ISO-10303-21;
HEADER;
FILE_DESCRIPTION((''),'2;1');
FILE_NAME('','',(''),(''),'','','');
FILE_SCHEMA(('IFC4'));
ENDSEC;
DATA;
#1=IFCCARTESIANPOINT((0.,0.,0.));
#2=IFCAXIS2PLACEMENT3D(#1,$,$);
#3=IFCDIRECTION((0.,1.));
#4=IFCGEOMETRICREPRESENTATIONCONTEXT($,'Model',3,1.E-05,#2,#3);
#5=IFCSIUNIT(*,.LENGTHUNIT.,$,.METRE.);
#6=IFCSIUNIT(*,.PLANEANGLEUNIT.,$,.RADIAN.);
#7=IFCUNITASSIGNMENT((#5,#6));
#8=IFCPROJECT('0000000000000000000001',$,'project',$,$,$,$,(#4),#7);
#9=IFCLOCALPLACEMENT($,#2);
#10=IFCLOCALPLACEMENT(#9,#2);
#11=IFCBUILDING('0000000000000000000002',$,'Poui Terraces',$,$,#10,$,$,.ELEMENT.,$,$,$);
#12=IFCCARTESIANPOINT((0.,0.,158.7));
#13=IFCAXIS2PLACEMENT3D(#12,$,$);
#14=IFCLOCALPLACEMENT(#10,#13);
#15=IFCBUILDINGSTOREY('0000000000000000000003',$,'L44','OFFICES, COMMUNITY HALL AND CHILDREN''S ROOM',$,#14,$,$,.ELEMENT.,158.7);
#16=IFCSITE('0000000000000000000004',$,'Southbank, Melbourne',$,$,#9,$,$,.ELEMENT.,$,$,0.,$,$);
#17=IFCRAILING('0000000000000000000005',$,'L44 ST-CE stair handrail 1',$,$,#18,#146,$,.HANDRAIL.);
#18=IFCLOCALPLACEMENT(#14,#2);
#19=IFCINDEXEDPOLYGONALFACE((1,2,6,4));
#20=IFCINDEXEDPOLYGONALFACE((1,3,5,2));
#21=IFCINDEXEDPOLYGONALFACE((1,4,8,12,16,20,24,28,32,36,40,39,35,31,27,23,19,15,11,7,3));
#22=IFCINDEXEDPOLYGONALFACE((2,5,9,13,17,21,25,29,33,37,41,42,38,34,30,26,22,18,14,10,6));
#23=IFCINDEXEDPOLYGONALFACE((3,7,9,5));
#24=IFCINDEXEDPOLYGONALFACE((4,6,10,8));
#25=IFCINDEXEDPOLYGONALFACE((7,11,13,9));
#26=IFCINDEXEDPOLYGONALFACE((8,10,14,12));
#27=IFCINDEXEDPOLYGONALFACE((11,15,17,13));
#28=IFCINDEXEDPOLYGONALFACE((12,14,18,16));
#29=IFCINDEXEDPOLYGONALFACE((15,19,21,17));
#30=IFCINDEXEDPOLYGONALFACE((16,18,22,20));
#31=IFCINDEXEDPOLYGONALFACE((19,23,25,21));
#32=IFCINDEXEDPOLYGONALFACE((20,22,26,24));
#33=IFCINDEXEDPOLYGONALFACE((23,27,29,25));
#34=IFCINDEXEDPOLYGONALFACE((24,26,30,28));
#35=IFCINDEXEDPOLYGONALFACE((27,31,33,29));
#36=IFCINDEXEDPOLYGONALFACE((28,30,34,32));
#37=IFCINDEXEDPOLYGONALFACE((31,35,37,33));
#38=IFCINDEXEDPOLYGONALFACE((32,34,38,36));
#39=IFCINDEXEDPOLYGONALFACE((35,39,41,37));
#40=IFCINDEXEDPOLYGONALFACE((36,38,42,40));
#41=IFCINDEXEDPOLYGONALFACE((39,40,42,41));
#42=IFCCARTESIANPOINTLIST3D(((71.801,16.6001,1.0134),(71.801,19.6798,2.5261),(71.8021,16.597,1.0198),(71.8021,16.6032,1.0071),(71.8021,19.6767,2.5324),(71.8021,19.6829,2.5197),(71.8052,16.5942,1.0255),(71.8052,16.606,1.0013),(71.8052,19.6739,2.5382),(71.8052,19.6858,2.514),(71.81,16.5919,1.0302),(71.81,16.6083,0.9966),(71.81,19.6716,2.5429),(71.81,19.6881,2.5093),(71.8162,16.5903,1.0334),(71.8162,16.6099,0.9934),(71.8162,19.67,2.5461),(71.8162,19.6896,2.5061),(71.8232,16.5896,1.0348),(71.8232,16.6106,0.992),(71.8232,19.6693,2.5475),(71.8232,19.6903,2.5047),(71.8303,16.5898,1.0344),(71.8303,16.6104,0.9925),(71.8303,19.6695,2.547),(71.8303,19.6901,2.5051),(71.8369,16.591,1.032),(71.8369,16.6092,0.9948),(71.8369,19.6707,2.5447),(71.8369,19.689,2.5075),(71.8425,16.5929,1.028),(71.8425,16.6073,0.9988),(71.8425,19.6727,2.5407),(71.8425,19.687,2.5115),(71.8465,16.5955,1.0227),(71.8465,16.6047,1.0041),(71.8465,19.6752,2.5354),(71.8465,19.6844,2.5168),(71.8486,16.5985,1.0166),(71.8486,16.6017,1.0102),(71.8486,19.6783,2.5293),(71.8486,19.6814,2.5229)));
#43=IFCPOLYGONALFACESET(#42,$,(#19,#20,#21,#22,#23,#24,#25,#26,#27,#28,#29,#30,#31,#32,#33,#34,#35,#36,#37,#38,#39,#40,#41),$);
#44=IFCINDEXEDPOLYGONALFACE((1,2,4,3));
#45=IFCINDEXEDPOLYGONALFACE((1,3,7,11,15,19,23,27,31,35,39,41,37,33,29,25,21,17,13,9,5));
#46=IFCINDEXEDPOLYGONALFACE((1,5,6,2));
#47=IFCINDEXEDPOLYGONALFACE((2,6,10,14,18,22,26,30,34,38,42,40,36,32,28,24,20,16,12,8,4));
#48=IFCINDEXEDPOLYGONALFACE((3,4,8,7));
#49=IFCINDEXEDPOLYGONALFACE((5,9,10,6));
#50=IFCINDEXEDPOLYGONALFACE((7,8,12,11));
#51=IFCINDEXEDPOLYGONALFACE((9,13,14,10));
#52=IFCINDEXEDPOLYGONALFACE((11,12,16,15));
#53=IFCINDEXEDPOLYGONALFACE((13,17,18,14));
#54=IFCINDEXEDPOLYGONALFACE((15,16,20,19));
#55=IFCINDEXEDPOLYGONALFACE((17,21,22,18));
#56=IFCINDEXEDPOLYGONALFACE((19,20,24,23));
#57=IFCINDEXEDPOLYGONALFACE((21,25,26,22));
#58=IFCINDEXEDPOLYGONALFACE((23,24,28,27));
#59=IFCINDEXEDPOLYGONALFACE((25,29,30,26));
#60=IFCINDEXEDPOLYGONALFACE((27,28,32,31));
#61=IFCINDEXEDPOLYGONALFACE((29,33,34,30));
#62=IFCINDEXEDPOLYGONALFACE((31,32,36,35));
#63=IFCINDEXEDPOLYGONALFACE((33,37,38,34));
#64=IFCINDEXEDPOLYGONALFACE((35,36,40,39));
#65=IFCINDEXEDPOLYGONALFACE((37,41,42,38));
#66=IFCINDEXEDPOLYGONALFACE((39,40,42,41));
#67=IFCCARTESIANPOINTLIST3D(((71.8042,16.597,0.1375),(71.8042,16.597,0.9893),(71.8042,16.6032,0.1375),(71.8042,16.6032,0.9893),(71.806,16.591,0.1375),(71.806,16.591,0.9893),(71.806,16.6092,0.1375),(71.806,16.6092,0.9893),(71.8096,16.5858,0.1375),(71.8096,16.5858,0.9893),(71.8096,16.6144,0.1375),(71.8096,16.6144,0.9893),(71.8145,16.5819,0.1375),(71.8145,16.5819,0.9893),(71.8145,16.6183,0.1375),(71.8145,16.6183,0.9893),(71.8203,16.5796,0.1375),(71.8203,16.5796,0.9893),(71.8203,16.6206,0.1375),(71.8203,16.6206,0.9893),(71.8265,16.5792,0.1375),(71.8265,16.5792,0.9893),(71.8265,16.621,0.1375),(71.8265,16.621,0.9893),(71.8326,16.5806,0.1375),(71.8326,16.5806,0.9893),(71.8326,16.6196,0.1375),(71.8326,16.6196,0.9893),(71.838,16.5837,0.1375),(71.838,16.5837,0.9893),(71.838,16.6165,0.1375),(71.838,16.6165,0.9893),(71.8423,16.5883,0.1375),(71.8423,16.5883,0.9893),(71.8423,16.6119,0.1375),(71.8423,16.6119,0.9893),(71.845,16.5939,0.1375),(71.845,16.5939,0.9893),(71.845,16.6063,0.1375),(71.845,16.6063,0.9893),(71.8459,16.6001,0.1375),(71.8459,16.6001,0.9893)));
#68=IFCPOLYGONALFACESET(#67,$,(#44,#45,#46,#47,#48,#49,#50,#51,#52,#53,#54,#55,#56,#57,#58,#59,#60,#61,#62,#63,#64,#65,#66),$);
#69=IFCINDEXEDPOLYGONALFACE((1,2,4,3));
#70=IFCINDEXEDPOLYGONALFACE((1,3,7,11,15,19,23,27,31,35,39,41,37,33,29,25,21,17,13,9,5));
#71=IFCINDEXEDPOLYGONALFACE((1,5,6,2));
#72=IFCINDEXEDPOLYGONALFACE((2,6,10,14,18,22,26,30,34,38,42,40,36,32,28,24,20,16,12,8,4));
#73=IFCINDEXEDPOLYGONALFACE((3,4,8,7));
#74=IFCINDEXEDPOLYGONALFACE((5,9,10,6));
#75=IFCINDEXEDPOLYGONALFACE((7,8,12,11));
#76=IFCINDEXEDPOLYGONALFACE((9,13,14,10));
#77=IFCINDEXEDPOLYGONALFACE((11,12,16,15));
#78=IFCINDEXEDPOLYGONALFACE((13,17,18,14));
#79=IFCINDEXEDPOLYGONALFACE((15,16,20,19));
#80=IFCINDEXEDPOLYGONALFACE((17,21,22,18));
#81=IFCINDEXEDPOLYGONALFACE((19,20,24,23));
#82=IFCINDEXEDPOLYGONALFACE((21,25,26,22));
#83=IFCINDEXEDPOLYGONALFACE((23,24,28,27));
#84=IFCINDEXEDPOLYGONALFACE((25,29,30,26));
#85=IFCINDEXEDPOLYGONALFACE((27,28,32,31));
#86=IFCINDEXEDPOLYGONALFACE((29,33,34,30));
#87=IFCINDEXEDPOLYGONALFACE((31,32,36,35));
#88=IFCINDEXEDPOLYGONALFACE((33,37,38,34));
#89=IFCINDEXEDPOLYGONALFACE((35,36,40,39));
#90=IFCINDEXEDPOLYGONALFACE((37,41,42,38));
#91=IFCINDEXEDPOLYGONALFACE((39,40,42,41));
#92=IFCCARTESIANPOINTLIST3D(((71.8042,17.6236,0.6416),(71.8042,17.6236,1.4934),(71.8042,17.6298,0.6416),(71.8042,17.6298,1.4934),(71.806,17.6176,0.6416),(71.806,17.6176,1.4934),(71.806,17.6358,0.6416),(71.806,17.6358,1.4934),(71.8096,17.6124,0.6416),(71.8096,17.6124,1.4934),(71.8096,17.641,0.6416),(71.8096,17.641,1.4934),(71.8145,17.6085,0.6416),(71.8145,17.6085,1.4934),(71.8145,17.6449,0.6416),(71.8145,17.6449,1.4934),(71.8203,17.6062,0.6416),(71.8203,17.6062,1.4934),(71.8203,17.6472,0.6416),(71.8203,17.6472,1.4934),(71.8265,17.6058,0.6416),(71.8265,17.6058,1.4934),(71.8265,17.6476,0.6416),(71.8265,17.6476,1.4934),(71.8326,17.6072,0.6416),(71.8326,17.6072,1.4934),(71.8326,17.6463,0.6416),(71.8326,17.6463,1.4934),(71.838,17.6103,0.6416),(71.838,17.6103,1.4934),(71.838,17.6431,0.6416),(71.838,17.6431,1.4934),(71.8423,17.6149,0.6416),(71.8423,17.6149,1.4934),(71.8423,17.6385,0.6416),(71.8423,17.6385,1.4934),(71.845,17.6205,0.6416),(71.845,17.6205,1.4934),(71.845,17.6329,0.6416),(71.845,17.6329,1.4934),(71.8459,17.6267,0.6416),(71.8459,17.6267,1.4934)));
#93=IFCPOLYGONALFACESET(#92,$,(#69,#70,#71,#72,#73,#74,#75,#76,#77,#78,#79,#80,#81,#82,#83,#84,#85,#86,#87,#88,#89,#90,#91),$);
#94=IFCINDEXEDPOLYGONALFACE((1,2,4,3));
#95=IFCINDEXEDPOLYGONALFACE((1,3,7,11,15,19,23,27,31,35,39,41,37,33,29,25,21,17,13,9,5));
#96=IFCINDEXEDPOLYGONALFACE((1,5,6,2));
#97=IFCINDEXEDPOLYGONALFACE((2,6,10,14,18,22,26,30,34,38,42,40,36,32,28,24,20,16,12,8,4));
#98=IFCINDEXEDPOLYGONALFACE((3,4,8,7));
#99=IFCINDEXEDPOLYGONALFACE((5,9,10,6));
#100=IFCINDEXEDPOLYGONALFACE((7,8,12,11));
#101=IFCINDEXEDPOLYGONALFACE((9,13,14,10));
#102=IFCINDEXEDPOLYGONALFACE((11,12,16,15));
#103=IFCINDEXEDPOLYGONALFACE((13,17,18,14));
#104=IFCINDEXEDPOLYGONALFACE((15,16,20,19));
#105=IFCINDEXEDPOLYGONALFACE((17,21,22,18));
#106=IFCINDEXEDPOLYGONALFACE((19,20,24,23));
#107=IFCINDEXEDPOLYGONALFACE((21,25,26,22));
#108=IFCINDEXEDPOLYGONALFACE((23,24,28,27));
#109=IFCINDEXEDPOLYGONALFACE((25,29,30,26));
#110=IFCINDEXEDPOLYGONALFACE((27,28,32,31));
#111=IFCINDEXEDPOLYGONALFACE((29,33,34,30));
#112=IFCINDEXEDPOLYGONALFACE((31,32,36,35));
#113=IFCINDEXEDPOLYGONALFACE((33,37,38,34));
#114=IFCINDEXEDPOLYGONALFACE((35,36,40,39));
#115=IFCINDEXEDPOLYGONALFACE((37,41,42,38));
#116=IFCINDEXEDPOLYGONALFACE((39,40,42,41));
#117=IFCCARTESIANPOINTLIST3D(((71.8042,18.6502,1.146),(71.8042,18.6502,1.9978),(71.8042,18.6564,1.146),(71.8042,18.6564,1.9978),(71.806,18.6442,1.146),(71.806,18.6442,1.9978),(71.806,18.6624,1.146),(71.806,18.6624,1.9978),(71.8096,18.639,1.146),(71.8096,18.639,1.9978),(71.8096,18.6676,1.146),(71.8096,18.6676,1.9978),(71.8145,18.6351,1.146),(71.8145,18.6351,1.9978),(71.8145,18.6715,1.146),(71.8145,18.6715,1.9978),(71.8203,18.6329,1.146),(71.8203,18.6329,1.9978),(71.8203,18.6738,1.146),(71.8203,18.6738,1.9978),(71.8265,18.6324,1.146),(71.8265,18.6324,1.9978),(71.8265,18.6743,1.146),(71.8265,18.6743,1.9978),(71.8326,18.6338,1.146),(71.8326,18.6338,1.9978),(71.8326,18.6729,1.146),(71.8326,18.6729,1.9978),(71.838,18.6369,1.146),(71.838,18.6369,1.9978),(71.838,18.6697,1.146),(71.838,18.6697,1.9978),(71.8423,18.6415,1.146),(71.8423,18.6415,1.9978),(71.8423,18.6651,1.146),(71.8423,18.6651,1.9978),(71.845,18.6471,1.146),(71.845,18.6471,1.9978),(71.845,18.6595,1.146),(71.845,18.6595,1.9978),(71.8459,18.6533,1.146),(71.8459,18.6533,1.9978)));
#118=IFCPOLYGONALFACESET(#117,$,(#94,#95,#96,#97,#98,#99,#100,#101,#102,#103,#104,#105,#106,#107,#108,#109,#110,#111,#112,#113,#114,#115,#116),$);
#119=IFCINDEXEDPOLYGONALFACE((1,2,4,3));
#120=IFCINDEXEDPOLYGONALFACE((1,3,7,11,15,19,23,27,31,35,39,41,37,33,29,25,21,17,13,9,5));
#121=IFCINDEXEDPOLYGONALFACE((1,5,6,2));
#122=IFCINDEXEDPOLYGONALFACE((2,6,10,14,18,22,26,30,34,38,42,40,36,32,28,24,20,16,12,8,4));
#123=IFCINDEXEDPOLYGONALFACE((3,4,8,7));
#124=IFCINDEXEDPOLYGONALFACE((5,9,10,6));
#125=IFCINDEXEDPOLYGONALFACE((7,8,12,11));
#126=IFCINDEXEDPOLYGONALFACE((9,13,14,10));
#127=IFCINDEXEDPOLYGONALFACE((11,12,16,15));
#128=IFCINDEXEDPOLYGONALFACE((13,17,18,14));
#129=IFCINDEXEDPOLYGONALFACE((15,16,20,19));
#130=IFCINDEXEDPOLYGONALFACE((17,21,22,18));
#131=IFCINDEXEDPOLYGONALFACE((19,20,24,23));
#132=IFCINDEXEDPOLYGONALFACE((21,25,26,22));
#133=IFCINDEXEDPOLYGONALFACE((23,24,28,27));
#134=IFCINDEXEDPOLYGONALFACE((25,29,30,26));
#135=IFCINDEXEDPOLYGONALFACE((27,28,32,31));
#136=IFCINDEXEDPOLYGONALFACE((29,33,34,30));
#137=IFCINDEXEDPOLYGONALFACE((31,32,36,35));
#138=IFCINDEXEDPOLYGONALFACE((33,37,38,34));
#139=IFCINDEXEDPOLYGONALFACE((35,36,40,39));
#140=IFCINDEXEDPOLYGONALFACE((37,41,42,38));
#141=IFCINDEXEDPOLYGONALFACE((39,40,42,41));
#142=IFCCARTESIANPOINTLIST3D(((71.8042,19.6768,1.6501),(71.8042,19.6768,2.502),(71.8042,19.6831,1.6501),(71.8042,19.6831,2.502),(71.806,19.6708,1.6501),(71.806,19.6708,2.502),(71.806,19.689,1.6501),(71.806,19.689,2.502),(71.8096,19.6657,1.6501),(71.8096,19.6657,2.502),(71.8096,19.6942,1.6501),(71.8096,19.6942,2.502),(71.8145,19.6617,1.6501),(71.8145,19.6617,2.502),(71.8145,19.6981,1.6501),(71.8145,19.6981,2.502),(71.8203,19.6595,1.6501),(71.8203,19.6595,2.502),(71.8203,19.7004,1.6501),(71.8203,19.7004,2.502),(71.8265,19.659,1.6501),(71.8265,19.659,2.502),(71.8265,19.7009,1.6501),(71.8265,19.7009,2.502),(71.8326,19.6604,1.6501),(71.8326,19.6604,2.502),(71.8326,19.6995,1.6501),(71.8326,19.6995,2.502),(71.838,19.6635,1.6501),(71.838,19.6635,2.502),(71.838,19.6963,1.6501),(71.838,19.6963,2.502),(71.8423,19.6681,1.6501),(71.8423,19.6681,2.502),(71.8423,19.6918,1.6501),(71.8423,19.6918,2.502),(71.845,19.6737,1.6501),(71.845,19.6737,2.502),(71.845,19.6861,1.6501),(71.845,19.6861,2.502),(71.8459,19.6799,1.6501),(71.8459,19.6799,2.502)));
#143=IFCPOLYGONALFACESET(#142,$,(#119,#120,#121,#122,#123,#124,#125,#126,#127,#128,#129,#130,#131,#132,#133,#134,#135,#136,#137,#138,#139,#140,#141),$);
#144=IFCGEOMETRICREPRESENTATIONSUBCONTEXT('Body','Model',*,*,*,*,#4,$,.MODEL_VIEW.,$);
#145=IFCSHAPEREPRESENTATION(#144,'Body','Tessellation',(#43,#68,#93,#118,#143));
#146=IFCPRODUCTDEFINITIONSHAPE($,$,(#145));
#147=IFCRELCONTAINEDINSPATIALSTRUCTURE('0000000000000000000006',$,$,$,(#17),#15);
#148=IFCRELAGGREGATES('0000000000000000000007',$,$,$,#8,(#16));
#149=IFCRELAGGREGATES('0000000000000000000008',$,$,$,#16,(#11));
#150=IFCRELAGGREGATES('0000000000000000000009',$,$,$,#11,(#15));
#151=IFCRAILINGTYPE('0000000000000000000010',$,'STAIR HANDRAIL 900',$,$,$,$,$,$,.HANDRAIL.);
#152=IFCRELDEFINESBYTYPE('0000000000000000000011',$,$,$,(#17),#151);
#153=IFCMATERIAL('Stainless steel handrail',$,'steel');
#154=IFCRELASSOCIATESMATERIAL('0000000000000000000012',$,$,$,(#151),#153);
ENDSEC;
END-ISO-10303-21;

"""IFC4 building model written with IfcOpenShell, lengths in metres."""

from ifc_helpers import new_model, si_unit, direction, frame, origin, origin_2d, place, context, subcontext, project, spatial, circle, extrude, material, type_object, element, save


model = new_model("IFC4")

# Units and contexts
model_context = context("Model", 3, precision=1e-05, world=origin(), true_north=direction((0.0, 1.0)))
body_context = subcontext(model_context, "Body", "Model", "MODEL_VIEW")
ifc_project = project(units=[si_unit("LENGTHUNIT", "METRE"), si_unit("PLANEANGLEUNIT", "RADIAN")], contexts=[model_context])

# Site, building, storey
site_placement = place(None, origin())
site = spatial("IfcSite", under=ifc_project, at=site_placement, Name="Southbank, Melbourne", CompositionType="ELEMENT", RefElevation=0.0)
building_placement = place(site_placement, origin())
building = spatial("IfcBuilding", under=site, at=building_placement, Name="Poui Terraces", CompositionType="ELEMENT")
storey_placement = place(building_placement, frame((0.0, 0.0, 158.7)))
storey = spatial("IfcBuildingStorey", under=building, at=storey_placement, Name="L44", Description="OFFICES, COMMUNITY HALL AND CHILDREN'S ROOM", CompositionType="ELEMENT", Elevation=158.7)

# Railing
ifc_material_1 = material(Name="Stainless steel handrail", Category="steel")
railing_type_1 = type_object("IfcRailingType", Name="STAIR HANDRAIL 900", PredefinedType="HANDRAIL", material=ifc_material_1)
railing_1_placement = place(storey_placement, frame((71.825, 16.6001, 0.1375)))
element("IfcRailing", 1, at=railing_1_placement, inside=storey, type_object=railing_type_1, Name="L44 ST-CE stair handrail 1", PredefinedType="HANDRAIL", context=body_context, shape_type="SweptSolid", body=[
    extrude(circle(Radius=0.0239, at=origin_2d()), frame((0.0, 0.0, 0.876), z_axis=(0.0, 0.897578, 0.440856), x_axis=(-1.0, 0.0, 0.0)), (0.0, 0.0, 1.0), 3.4312),
    extrude(circle(Radius=0.021, at=origin_2d()), origin(), (0.0, 0.0, 1.0), 0.8518),
    extrude(circle(Radius=0.021, at=origin_2d()), frame((0.0, 1.0266, 0.5042)), (0.0, 0.0, 1.0), 0.8518),
    extrude(circle(Radius=0.021, at=origin_2d()), frame((0.0, 2.0532, 1.0085)), (0.0, 0.0, 1.0), 0.8518),
    extrude(circle(Radius=0.021, at=origin_2d()), frame((0.0, 3.0798, 1.5127)), (0.0, 0.0, 1.0), 0.8518),
])

save(model, "model.ifc")
